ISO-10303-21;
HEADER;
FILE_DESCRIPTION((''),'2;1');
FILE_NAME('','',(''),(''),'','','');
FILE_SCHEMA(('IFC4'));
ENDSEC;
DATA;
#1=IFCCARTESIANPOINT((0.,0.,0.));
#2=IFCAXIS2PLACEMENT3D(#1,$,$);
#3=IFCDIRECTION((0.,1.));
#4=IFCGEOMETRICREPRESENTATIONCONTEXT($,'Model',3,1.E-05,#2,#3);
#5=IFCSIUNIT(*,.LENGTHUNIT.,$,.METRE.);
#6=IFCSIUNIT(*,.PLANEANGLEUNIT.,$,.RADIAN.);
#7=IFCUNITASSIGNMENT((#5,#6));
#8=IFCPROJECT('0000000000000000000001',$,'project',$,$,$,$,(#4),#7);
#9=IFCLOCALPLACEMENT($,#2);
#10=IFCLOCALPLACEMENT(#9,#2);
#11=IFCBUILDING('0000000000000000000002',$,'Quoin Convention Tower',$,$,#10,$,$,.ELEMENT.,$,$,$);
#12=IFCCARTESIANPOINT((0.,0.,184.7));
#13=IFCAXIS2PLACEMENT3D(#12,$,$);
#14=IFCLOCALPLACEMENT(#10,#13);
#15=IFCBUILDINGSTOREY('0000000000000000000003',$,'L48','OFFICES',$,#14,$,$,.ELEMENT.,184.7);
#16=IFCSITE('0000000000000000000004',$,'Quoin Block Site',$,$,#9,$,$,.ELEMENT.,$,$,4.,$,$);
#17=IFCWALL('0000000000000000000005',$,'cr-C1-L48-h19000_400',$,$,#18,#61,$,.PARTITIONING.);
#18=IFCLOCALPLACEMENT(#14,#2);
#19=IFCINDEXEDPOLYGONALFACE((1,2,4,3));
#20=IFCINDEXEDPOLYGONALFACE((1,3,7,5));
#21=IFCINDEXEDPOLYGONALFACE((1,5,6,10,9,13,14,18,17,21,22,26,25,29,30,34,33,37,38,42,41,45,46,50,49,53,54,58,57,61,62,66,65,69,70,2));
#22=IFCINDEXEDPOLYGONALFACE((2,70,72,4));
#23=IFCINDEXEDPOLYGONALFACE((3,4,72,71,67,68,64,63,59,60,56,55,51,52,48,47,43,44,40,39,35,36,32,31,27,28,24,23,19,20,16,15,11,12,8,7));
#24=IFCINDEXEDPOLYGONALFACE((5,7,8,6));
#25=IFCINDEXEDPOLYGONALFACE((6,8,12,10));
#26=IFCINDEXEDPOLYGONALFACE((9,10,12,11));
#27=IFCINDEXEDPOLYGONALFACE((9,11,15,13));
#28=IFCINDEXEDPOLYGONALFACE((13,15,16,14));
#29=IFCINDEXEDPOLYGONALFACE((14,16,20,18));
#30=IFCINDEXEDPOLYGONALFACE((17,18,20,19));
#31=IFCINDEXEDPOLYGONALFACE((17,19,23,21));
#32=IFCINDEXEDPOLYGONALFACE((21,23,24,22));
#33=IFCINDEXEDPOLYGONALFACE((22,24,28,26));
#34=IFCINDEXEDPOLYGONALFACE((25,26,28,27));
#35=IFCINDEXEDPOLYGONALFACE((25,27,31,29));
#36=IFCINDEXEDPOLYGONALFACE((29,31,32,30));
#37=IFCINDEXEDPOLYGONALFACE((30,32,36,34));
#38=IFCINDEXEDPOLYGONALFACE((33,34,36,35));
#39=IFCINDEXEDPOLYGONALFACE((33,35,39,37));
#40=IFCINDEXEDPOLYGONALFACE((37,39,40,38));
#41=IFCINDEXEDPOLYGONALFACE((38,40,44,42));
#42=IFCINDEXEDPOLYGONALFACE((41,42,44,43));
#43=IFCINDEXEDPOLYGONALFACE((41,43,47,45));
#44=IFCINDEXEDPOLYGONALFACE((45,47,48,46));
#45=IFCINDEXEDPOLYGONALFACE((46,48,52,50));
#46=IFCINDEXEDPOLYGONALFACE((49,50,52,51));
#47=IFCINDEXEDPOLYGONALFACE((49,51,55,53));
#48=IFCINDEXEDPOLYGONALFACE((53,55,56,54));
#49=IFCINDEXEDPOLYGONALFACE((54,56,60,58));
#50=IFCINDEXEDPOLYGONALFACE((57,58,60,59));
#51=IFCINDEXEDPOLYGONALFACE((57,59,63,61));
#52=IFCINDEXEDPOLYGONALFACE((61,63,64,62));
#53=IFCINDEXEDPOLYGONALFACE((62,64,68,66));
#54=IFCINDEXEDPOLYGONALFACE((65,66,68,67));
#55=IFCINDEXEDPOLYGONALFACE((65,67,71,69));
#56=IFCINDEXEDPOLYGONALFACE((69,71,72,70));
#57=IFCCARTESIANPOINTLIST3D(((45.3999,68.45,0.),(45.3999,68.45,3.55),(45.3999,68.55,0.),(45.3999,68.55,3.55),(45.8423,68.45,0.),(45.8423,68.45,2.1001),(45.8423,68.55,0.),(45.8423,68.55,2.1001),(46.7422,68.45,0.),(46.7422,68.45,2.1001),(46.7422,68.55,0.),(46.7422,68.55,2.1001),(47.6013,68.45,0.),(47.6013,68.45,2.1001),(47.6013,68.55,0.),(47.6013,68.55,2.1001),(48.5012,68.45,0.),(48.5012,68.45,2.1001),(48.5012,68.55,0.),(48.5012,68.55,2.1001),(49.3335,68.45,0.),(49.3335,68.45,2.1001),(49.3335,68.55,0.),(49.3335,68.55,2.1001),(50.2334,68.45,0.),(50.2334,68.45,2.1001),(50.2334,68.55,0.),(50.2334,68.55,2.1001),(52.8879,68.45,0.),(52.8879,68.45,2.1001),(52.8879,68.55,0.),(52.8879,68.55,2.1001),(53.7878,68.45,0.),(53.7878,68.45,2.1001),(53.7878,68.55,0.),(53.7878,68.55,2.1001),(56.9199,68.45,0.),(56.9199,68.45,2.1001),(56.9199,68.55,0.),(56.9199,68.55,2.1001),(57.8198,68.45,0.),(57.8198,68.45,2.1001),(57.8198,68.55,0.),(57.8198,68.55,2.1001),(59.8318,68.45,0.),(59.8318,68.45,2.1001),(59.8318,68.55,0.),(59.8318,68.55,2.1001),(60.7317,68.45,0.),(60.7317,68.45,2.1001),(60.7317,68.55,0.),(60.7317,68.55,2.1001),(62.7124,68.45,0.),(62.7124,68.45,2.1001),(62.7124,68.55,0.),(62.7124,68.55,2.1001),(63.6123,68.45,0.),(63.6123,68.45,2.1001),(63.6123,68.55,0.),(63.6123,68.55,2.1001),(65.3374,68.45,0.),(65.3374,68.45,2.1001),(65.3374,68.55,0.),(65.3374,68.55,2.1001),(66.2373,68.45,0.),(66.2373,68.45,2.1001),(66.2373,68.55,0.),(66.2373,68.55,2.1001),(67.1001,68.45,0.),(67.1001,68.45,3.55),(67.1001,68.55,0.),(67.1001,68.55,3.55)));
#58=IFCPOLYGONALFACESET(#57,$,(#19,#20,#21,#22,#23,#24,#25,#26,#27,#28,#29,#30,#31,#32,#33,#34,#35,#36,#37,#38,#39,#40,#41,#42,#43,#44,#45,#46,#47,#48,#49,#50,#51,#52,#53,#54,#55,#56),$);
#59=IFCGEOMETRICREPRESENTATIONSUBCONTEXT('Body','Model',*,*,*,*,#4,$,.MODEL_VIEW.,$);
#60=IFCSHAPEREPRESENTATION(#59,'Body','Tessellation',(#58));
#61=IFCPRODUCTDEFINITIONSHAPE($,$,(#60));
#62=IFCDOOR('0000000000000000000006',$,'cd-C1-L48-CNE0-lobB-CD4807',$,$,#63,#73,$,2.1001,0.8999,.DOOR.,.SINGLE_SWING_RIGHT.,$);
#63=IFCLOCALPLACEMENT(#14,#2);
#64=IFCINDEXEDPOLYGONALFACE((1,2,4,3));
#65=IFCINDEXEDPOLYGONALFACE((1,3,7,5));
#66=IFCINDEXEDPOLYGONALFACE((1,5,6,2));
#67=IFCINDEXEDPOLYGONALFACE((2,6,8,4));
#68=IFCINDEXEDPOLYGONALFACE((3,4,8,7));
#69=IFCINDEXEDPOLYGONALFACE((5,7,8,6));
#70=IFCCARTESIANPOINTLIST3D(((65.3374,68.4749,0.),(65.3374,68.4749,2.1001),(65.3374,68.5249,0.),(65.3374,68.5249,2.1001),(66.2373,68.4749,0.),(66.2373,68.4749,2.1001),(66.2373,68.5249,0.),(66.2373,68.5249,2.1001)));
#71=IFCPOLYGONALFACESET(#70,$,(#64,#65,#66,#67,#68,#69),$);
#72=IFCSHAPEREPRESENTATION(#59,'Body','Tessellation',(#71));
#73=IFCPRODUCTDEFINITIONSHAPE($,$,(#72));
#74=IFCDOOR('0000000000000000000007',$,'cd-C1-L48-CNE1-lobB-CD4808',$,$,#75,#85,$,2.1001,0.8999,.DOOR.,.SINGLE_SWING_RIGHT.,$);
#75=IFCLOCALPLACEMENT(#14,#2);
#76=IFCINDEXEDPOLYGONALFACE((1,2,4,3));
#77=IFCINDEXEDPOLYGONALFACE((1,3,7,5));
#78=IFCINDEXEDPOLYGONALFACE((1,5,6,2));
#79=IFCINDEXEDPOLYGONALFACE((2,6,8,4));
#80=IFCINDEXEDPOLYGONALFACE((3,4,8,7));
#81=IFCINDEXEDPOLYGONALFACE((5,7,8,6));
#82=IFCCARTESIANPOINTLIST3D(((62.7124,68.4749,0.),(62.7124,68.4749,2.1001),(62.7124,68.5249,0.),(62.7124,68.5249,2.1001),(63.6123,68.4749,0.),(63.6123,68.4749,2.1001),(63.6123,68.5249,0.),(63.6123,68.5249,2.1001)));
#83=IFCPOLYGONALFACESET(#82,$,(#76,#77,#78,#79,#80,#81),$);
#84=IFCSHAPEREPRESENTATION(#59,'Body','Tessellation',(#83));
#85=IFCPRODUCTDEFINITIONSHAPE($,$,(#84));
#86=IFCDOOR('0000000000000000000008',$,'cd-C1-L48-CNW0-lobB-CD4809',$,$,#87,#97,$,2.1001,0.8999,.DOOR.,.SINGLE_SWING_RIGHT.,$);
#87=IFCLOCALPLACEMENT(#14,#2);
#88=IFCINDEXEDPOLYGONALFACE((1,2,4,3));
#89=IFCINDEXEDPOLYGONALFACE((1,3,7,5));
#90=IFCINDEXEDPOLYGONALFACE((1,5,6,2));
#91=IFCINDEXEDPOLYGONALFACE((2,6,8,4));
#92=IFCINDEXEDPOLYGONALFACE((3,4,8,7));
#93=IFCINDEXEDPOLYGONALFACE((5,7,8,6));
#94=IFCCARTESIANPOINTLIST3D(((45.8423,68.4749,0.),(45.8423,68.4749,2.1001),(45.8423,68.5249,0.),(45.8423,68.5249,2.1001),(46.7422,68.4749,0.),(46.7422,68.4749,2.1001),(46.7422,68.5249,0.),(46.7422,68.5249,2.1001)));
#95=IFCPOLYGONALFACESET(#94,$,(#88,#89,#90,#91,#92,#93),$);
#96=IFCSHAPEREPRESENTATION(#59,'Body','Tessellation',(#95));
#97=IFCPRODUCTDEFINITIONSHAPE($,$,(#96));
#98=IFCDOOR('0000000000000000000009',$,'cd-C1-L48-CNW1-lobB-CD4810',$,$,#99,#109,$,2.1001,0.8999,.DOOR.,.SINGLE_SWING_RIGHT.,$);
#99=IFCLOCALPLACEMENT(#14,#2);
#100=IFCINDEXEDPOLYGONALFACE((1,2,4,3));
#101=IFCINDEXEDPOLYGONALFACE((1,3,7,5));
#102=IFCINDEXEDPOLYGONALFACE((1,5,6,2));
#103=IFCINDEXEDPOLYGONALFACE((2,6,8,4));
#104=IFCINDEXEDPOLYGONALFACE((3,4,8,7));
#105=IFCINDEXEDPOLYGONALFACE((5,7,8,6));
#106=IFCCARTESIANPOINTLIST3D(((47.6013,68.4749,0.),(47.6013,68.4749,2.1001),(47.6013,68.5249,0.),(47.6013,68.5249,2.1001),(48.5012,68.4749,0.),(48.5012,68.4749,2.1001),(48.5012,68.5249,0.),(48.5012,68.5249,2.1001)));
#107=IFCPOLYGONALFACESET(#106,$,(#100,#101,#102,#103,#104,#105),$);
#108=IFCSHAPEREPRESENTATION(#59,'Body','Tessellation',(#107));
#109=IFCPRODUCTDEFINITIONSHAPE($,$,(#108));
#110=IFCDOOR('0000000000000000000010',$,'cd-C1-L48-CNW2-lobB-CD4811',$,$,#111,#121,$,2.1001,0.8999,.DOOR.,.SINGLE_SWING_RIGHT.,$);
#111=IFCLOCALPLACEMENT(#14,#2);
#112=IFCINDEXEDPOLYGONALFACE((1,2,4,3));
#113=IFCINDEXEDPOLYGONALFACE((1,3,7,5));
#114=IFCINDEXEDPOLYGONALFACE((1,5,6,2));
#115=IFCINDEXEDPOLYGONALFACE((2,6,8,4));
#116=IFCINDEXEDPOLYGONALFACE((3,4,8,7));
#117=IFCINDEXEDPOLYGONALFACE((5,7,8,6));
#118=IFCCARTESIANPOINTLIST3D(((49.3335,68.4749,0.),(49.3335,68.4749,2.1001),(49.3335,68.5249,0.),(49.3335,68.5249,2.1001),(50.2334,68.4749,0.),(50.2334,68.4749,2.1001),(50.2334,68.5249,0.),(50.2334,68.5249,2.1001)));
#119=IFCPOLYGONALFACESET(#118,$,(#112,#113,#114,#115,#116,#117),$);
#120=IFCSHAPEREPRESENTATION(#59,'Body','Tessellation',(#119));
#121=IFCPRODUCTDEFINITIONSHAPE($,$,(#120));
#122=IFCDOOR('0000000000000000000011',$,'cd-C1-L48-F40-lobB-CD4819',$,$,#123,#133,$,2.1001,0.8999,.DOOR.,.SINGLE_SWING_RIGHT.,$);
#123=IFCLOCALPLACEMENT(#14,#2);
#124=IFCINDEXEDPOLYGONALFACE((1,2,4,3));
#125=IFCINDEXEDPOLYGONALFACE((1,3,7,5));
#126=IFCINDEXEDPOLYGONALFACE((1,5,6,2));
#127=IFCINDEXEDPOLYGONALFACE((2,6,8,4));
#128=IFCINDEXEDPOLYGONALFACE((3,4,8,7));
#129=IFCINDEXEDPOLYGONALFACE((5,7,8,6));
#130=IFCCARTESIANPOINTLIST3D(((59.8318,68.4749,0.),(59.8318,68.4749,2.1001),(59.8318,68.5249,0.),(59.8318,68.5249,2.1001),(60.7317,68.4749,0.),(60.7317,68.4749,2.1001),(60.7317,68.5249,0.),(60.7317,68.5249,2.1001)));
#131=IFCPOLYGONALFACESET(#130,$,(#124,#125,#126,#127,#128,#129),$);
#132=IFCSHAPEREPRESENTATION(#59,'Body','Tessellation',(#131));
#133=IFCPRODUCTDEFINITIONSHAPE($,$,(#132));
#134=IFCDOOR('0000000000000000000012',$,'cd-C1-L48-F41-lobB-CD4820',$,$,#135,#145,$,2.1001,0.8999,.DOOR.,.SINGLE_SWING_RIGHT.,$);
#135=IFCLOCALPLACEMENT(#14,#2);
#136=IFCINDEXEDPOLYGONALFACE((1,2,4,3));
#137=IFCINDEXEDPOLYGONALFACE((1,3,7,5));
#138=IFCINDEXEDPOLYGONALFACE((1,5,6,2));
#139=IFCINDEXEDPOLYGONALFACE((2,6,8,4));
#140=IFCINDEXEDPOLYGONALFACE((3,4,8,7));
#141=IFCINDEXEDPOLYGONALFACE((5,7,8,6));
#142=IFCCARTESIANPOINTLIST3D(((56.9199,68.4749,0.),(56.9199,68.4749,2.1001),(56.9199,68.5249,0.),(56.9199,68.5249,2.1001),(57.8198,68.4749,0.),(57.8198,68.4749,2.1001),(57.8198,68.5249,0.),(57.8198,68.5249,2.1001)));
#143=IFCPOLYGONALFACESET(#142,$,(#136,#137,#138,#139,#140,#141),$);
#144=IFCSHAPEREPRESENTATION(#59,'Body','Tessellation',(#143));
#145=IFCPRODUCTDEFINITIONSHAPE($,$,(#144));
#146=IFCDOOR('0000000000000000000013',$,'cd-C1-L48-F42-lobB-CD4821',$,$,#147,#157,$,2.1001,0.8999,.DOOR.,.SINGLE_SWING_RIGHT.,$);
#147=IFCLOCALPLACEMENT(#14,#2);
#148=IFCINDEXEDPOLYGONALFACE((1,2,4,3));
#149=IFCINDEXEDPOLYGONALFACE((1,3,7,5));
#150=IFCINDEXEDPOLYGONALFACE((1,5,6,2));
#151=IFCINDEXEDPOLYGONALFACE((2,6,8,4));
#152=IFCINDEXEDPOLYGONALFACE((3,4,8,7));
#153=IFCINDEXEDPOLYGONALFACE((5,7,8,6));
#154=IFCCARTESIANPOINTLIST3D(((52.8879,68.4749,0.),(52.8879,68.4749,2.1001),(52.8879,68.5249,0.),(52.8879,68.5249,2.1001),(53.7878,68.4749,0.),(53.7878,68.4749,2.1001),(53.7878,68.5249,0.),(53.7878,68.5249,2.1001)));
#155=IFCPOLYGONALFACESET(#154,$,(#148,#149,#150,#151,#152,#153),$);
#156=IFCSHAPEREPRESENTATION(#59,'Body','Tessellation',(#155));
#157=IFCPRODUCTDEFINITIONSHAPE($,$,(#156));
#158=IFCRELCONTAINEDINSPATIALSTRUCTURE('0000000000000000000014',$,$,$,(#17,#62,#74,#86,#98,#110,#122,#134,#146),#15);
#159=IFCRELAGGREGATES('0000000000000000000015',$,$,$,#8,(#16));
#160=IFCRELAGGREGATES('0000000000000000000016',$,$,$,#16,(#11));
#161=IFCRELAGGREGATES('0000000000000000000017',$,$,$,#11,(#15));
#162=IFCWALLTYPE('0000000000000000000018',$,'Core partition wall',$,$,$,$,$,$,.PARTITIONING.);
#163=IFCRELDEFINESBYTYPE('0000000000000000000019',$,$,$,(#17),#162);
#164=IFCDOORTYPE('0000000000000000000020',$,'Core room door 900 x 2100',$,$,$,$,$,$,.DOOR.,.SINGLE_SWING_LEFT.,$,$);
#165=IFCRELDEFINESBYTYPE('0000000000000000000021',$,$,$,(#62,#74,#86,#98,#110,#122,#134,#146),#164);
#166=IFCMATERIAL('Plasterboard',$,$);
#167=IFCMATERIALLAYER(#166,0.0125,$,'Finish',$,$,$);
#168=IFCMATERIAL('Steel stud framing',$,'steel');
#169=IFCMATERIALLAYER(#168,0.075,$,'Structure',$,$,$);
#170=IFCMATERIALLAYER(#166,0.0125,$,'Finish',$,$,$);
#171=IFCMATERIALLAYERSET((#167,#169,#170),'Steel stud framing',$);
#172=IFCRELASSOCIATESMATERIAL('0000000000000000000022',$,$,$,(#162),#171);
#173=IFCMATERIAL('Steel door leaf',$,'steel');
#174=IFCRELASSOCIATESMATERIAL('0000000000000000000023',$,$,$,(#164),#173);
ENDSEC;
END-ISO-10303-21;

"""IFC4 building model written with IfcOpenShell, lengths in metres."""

from ifc_helpers import new_model, si_unit, direction, frame, frame_2d, origin, place, context, subcontext, project, spatial, rectangle, extrude, material, layer, layer_set, type_object, element, fill, save


model = new_model("IFC4")

# Units and contexts
model_context = context("Model", 3, precision=1e-05, world=origin(), true_north=direction((0.0, 1.0)))
body_context = subcontext(model_context, "Body", "Model", "MODEL_VIEW")
ifc_project = project(units=[si_unit("LENGTHUNIT", "METRE"), si_unit("PLANEANGLEUNIT", "RADIAN")], contexts=[model_context])

# Site, building, storey
site_placement = place(None, origin())
site = spatial("IfcSite", under=ifc_project, at=site_placement, Name="Quoin Block Site", CompositionType="ELEMENT", RefElevation=4.0)
building_placement = place(site_placement, origin())
building = spatial("IfcBuilding", under=site, at=building_placement, Name="Quoin Convention Tower", CompositionType="ELEMENT")
storey_placement = place(building_placement, frame((0.0, 0.0, 184.7)))
storey = spatial("IfcBuildingStorey", under=building, at=storey_placement, Name="L48", Description="OFFICES", CompositionType="ELEMENT", Elevation=184.7)

# Shared definitions
ifc_material_1 = material(Name="Plasterboard")
ifc_material_2 = material(Name="Steel stud framing", Category="steel")
ifc_material_3 = material(Name="Steel door leaf", Category="steel")

# Wall, openings, doors
ifc_layer_1 = layer(ifc_material_1, 0.0125, Name="Finish")
ifc_layer_2 = layer(ifc_material_2, 0.075, Name="Structure")
ifc_layer_3 = layer(ifc_material_1, 0.0125, Name="Finish")
ifc_layer_set_1 = layer_set([ifc_layer_1, ifc_layer_2, ifc_layer_3], Name="Steel stud framing")
wall_type_1 = type_object("IfcWallType", Name="Core partition wall", PredefinedType="PARTITIONING", material=ifc_layer_set_1)
wall_1_placement = place(storey_placement, frame((45.3999, 68.5, 0.0), z_axis=(0.0, 0.0, 1.0), x_axis=(1.0, 0.0, 0.0)))
wall_1 = element("IfcWall", 1, at=wall_1_placement, inside=storey, type_object=wall_type_1, Name="cr-C1-L48-h19000_400", PredefinedType="PARTITIONING", context=body_context, shape_type="SweptSolid", body=[
    extrude(rectangle(XDim=21.7002, YDim=0.1001, at=frame_2d((10.8501, 0.0))), origin(), (0.0, 0.0, 1.0), 3.55),
])
opening_1_placement = place(wall_1_placement, frame((19.9375, 0.0, 0.0)))
opening_1 = element("IfcOpeningElement", 2, at=opening_1_placement, cuts=wall_1, PredefinedType="OPENING", context=body_context, shape_type="SweptSolid", body=[
    extrude(rectangle(XDim=0.8999, YDim=2.1001, at=frame_2d((0.45, 1.05))), frame((0.0, 0.0601, 0.0), z_axis=(0.0, -1.0, 0.0), x_axis=(1.0, 0.0, 0.0)), (0.0, 0.0, 1.0), 0.1201),
])
opening_2_placement = place(wall_1_placement, frame((17.3125, 0.0, 0.0)))
opening_2 = element("IfcOpeningElement", 3, at=opening_2_placement, cuts=wall_1, PredefinedType="OPENING", context=body_context, shape_type="SweptSolid", body=[
    extrude(rectangle(XDim=0.8999, YDim=2.1001, at=frame_2d((0.45, 1.05))), frame((0.0, 0.0601, 0.0), z_axis=(0.0, -1.0, 0.0), x_axis=(1.0, 0.0, 0.0)), (0.0, 0.0, 1.0), 0.1201),
])
opening_3_placement = place(wall_1_placement, frame((0.4424, 0.0, 0.0)))
opening_3 = element("IfcOpeningElement", 4, at=opening_3_placement, cuts=wall_1, PredefinedType="OPENING", context=body_context, shape_type="SweptSolid", body=[
    extrude(rectangle(XDim=0.8999, YDim=2.1001, at=frame_2d((0.45, 1.05))), frame((0.0, 0.0601, 0.0), z_axis=(0.0, -1.0, 0.0), x_axis=(1.0, 0.0, 0.0)), (0.0, 0.0, 1.0), 0.1201),
])
opening_4_placement = place(wall_1_placement, frame((2.2014, 0.0, 0.0)))
opening_4 = element("IfcOpeningElement", 5, at=opening_4_placement, cuts=wall_1, PredefinedType="OPENING", context=body_context, shape_type="SweptSolid", body=[
    extrude(rectangle(XDim=0.8999, YDim=2.1001, at=frame_2d((0.45, 1.05))), frame((0.0, 0.0601, 0.0), z_axis=(0.0, -1.0, 0.0), x_axis=(1.0, 0.0, 0.0)), (0.0, 0.0, 1.0), 0.1201),
])
opening_5_placement = place(wall_1_placement, frame((3.9336, 0.0, 0.0)))
opening_5 = element("IfcOpeningElement", 6, at=opening_5_placement, cuts=wall_1, PredefinedType="OPENING", context=body_context, shape_type="SweptSolid", body=[
    extrude(rectangle(XDim=0.8999, YDim=2.1001, at=frame_2d((0.45, 1.05))), frame((0.0, 0.0601, 0.0), z_axis=(0.0, -1.0, 0.0), x_axis=(1.0, 0.0, 0.0)), (0.0, 0.0, 1.0), 0.1201),
])
opening_6_placement = place(wall_1_placement, frame((14.4319, 0.0, 0.0)))
opening_6 = element("IfcOpeningElement", 7, at=opening_6_placement, cuts=wall_1, PredefinedType="OPENING", context=body_context, shape_type="SweptSolid", body=[
    extrude(rectangle(XDim=0.8999, YDim=2.1001, at=frame_2d((0.45, 1.05))), frame((0.0, 0.0601, 0.0), z_axis=(0.0, -1.0, 0.0), x_axis=(1.0, 0.0, 0.0)), (0.0, 0.0, 1.0), 0.1201),
])
opening_7_placement = place(wall_1_placement, frame((11.52, 0.0, 0.0)))
opening_7 = element("IfcOpeningElement", 8, at=opening_7_placement, cuts=wall_1, PredefinedType="OPENING", context=body_context, shape_type="SweptSolid", body=[
    extrude(rectangle(XDim=0.8999, YDim=2.1001, at=frame_2d((0.45, 1.05))), frame((0.0, 0.0601, 0.0), z_axis=(0.0, -1.0, 0.0), x_axis=(1.0, 0.0, 0.0)), (0.0, 0.0, 1.0), 0.1201),
])
opening_8_placement = place(wall_1_placement, frame((7.488, 0.0, 0.0)))
opening_8 = element("IfcOpeningElement", 9, at=opening_8_placement, cuts=wall_1, PredefinedType="OPENING", context=body_context, shape_type="SweptSolid", body=[
    extrude(rectangle(XDim=0.8999, YDim=2.1001, at=frame_2d((0.45, 1.05))), frame((0.0, 0.0601, 0.0), z_axis=(0.0, -1.0, 0.0), x_axis=(1.0, 0.0, 0.0)), (0.0, 0.0, 1.0), 0.1201),
])
door_type_1 = type_object("IfcDoorType", Name="Core room door 900 x 2100", OperationType="SINGLE_SWING_LEFT", PredefinedType="DOOR", material=ifc_material_3)
door_1_placement = place(opening_1_placement, origin())
door_1 = element("IfcDoor", 10, at=door_1_placement, inside=storey, type_object=door_type_1, Name="cd-C1-L48-CNE0-lobB-CD4807", OperationType="SINGLE_SWING_RIGHT", OverallHeight=2.1001, OverallWidth=0.8999, PredefinedType="DOOR", context=body_context, shape_type="SweptSolid", body=[
    extrude(rectangle(XDim=0.8999, YDim=2.1001, at=frame_2d((0.45, 1.05))), frame((0.0, 0.0249, 0.0), z_axis=(0.0, -1.0, 0.0), x_axis=(1.0, 0.0, 0.0)), (0.0, 0.0, 1.0), 0.05),
])
fill(opening_1, door_1)
door_2_placement = place(opening_2_placement, origin())
door_2 = element("IfcDoor", 11, at=door_2_placement, inside=storey, type_object=door_type_1, Name="cd-C1-L48-CNE1-lobB-CD4808", OperationType="SINGLE_SWING_RIGHT", OverallHeight=2.1001, OverallWidth=0.8999, PredefinedType="DOOR", context=body_context, shape_type="SweptSolid", body=[
    extrude(rectangle(XDim=0.8999, YDim=2.1001, at=frame_2d((0.45, 1.05))), frame((0.0, 0.0249, 0.0), z_axis=(0.0, -1.0, 0.0), x_axis=(1.0, 0.0, 0.0)), (0.0, 0.0, 1.0), 0.05),
])
fill(opening_2, door_2)
door_3_placement = place(opening_3_placement, origin())
door_3 = element("IfcDoor", 12, at=door_3_placement, inside=storey, type_object=door_type_1, Name="cd-C1-L48-CNW0-lobB-CD4809", OperationType="SINGLE_SWING_RIGHT", OverallHeight=2.1001, OverallWidth=0.8999, PredefinedType="DOOR", context=body_context, shape_type="SweptSolid", body=[
    extrude(rectangle(XDim=0.8999, YDim=2.1001, at=frame_2d((0.45, 1.05))), frame((0.0, 0.0249, 0.0), z_axis=(0.0, -1.0, 0.0), x_axis=(1.0, 0.0, 0.0)), (0.0, 0.0, 1.0), 0.05),
])
fill(opening_3, door_3)
door_4_placement = place(opening_4_placement, origin())
door_4 = element("IfcDoor", 13, at=door_4_placement, inside=storey, type_object=door_type_1, Name="cd-C1-L48-CNW1-lobB-CD4810", OperationType="SINGLE_SWING_RIGHT", OverallHeight=2.1001, OverallWidth=0.8999, PredefinedType="DOOR", context=body_context, shape_type="SweptSolid", body=[
    extrude(rectangle(XDim=0.8999, YDim=2.1001, at=frame_2d((0.45, 1.05))), frame((0.0, 0.0249, 0.0), z_axis=(0.0, -1.0, 0.0), x_axis=(1.0, 0.0, 0.0)), (0.0, 0.0, 1.0), 0.05),
])
fill(opening_4, door_4)
door_5_placement = place(opening_5_placement, origin())
door_5 = element("IfcDoor", 14, at=door_5_placement, inside=storey, type_object=door_type_1, Name="cd-C1-L48-CNW2-lobB-CD4811", OperationType="SINGLE_SWING_RIGHT", OverallHeight=2.1001, OverallWidth=0.8999, PredefinedType="DOOR", context=body_context, shape_type="SweptSolid", body=[
    extrude(rectangle(XDim=0.8999, YDim=2.1001, at=frame_2d((0.45, 1.05))), frame((0.0, 0.0249, 0.0), z_axis=(0.0, -1.0, 0.0), x_axis=(1.0, 0.0, 0.0)), (0.0, 0.0, 1.0), 0.05),
])
fill(opening_5, door_5)
door_6_placement = place(opening_6_placement, origin())
door_6 = element("IfcDoor", 15, at=door_6_placement, inside=storey, type_object=door_type_1, Name="cd-C1-L48-F40-lobB-CD4819", OperationType="SINGLE_SWING_RIGHT", OverallHeight=2.1001, OverallWidth=0.8999, PredefinedType="DOOR", context=body_context, shape_type="SweptSolid", body=[
    extrude(rectangle(XDim=0.8999, YDim=2.1001, at=frame_2d((0.45, 1.05))), frame((0.0, 0.0249, 0.0), z_axis=(0.0, -1.0, 0.0), x_axis=(1.0, 0.0, 0.0)), (0.0, 0.0, 1.0), 0.05),
])
fill(opening_6, door_6)
door_7_placement = place(opening_7_placement, origin())
door_7 = element("IfcDoor", 16, at=door_7_placement, inside=storey, type_object=door_type_1, Name="cd-C1-L48-F41-lobB-CD4820", OperationType="SINGLE_SWING_RIGHT", OverallHeight=2.1001, OverallWidth=0.8999, PredefinedType="DOOR", context=body_context, shape_type="SweptSolid", body=[
    extrude(rectangle(XDim=0.8999, YDim=2.1001, at=frame_2d((0.45, 1.05))), frame((0.0, 0.0249, 0.0), z_axis=(0.0, -1.0, 0.0), x_axis=(1.0, 0.0, 0.0)), (0.0, 0.0, 1.0), 0.05),
])
fill(opening_7, door_7)
door_8_placement = place(opening_8_placement, origin())
door_8 = element("IfcDoor", 17, at=door_8_placement, inside=storey, type_object=door_type_1, Name="cd-C1-L48-F42-lobB-CD4821", OperationType="SINGLE_SWING_RIGHT", OverallHeight=2.1001, OverallWidth=0.8999, PredefinedType="DOOR", context=body_context, shape_type="SweptSolid", body=[
    extrude(rectangle(XDim=0.8999, YDim=2.1001, at=frame_2d((0.45, 1.05))), frame((0.0, 0.0249, 0.0), z_axis=(0.0, -1.0, 0.0), x_axis=(1.0, 0.0, 0.0)), (0.0, 0.0, 1.0), 0.05),
])
fill(opening_8, door_8)

save(model, "model.ifc")
